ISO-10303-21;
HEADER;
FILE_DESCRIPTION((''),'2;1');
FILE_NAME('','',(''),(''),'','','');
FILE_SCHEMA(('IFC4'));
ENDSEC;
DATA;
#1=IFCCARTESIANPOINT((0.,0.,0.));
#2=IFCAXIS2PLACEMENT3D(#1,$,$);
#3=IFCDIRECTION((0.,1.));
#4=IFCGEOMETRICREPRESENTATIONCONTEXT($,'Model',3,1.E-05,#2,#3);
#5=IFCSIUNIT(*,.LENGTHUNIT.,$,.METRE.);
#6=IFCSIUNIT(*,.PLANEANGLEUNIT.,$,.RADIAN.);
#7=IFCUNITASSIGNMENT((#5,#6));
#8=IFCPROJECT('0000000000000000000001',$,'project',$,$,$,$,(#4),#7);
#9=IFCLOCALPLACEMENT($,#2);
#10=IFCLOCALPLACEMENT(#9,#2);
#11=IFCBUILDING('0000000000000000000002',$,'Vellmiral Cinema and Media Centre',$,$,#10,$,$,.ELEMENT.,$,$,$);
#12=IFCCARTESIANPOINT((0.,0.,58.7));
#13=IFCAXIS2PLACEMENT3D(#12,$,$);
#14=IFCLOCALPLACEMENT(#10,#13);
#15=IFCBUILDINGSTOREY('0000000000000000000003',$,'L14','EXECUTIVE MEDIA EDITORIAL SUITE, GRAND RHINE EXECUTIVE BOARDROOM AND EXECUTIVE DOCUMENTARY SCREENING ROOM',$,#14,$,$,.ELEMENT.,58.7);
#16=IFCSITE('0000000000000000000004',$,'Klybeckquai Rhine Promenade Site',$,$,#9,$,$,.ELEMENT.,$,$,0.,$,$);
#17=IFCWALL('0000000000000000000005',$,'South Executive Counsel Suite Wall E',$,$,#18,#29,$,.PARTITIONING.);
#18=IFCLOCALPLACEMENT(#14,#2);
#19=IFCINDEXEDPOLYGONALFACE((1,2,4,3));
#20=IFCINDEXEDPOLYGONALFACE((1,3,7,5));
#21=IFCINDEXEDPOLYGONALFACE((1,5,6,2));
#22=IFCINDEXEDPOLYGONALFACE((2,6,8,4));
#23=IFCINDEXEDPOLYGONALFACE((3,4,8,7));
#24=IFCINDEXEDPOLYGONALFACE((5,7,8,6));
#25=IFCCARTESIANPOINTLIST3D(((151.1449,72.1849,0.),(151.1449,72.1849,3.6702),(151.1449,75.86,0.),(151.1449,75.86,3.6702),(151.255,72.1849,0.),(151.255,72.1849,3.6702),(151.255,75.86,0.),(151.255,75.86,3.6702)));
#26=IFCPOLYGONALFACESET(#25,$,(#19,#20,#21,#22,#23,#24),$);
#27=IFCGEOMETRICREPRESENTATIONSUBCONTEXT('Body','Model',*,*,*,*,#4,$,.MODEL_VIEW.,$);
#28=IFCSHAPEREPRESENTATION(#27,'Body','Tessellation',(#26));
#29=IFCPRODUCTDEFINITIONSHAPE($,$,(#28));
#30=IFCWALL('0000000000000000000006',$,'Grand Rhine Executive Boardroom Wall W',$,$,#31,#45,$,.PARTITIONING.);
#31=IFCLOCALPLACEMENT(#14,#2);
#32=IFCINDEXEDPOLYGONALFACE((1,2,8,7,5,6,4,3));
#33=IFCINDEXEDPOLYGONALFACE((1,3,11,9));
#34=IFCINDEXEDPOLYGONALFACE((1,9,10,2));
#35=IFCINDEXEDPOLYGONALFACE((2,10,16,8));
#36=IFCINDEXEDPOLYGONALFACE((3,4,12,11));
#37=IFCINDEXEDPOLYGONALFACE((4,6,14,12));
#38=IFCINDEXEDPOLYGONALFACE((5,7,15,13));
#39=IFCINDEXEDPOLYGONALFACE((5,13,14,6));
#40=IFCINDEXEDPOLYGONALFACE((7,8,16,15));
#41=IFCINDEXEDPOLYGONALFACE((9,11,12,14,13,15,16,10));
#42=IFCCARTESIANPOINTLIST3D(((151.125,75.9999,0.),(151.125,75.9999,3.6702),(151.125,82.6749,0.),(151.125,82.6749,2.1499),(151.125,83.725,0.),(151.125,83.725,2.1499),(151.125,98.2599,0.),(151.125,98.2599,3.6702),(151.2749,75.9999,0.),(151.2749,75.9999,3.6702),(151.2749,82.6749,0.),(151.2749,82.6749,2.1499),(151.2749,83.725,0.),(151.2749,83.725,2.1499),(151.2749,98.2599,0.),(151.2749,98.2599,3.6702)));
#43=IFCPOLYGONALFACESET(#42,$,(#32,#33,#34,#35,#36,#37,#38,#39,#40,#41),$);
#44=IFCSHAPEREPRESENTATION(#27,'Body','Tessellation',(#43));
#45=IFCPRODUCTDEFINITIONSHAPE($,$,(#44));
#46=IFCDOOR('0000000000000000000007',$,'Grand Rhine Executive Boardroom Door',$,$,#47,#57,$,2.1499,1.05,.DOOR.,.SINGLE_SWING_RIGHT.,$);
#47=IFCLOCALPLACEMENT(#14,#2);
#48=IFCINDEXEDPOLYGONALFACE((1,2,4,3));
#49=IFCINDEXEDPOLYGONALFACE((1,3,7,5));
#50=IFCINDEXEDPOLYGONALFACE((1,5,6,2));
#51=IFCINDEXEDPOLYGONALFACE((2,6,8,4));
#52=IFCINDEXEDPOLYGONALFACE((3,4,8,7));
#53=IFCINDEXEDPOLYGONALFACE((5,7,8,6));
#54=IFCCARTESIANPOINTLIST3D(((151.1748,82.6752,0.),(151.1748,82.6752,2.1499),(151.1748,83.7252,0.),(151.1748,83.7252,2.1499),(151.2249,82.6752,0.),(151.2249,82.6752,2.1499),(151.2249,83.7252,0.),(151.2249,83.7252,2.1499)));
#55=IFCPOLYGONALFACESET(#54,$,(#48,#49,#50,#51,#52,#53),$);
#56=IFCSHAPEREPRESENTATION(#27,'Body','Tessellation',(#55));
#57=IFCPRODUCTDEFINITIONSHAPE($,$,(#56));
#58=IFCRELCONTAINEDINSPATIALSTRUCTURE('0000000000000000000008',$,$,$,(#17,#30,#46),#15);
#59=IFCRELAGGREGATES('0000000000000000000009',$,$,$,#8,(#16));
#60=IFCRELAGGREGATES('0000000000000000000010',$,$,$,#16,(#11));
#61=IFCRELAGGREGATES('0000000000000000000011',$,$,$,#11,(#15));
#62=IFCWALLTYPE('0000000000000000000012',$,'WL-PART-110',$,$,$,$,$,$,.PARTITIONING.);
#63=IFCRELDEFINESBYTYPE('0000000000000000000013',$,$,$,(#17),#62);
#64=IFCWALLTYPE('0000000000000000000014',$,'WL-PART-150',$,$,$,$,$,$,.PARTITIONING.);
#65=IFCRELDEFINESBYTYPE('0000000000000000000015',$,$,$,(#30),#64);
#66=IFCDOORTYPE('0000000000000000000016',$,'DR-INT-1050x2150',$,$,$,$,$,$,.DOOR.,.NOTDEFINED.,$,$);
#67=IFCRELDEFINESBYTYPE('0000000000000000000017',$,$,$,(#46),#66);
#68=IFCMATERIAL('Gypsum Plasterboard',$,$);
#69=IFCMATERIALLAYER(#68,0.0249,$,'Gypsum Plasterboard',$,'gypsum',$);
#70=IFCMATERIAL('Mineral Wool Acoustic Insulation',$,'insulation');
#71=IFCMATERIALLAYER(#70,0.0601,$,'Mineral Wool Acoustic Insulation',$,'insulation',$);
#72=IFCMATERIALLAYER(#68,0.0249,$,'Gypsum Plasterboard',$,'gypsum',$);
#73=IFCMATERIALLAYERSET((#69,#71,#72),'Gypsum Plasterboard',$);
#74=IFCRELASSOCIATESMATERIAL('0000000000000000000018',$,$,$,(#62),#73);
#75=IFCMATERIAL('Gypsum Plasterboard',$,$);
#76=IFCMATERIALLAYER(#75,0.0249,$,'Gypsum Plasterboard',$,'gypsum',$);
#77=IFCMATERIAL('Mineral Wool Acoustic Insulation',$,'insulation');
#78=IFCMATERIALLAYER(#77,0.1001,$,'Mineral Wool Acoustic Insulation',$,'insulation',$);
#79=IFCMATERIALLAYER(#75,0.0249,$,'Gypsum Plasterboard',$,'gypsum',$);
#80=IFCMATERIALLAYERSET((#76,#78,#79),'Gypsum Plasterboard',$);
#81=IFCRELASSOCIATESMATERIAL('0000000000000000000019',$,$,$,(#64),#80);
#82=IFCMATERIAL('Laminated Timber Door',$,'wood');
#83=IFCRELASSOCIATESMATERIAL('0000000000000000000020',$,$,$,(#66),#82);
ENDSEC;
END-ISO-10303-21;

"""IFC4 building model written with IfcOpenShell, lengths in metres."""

from ifc_helpers import new_model, si_unit, direction, frame, frame_2d, origin, place, context, subcontext, project, spatial, rectangle, extrude, material, layer, layer_set, type_object, element, fill, save


model = new_model("IFC4")

# Units and contexts
model_context = context("Model", 3, precision=1e-05, world=origin(), true_north=direction((0.0, 1.0)))
body_context = subcontext(model_context, "Body", "Model", "MODEL_VIEW")
ifc_project = project(units=[si_unit("LENGTHUNIT", "METRE"), si_unit("PLANEANGLEUNIT", "RADIAN")], contexts=[model_context])

# Site, building, storey
site_placement = place(None, origin())
site = spatial("IfcSite", under=ifc_project, at=site_placement, Name="Klybeckquai Rhine Promenade Site", CompositionType="ELEMENT", RefElevation=0.0)
building_placement = place(site_placement, origin())
building = spatial("IfcBuilding", under=site, at=building_placement, Name="Vellmiral Cinema and Media Centre", CompositionType="ELEMENT")
storey_placement = place(building_placement, frame((0.0, 0.0, 58.7)))
storey = spatial("IfcBuildingStorey", under=building, at=storey_placement, Name="L14", Description="EXECUTIVE MEDIA EDITORIAL SUITE, GRAND RHINE EXECUTIVE BOARDROOM AND EXECUTIVE DOCUMENTARY SCREENING ROOM", CompositionType="ELEMENT", Elevation=58.7)

# Wall
ifc_material_1 = material(Name="Gypsum Plasterboard")
ifc_layer_1 = layer(ifc_material_1, 0.0249, Name="Gypsum Plasterboard", Category="gypsum")
ifc_material_2 = material(Name="Mineral Wool Acoustic Insulation", Category="insulation")
ifc_layer_2 = layer(ifc_material_2, 0.0601, Name="Mineral Wool Acoustic Insulation", Category="insulation")
ifc_layer_3 = layer(ifc_material_1, 0.0249, Name="Gypsum Plasterboard", Category="gypsum")
ifc_layer_set_1 = layer_set([ifc_layer_1, ifc_layer_2, ifc_layer_3], Name="Gypsum Plasterboard")
wall_type_1 = type_object("IfcWallType", Name="WL-PART-110", PredefinedType="PARTITIONING", material=ifc_layer_set_1)
wall_1_placement = place(storey_placement, frame((151.2, 72.1851, 0.0), z_axis=(0.0, 0.0, 1.0), x_axis=(0.0, 1.0, 0.0)))
element("IfcWall", 1, at=wall_1_placement, inside=storey, type_object=wall_type_1, Name="South Executive Counsel Suite Wall E", PredefinedType="PARTITIONING", context=body_context, shape_type="SweptSolid", body=[
    extrude(rectangle(XDim=3.675, YDim=0.1101, at=frame_2d((1.8374, 0.0))), origin(), (0.0, 0.0, 1.0), 3.6702),
])

# Wall, opening, door
ifc_material_3 = material(Name="Gypsum Plasterboard")
ifc_layer_4 = layer(ifc_material_3, 0.0249, Name="Gypsum Plasterboard", Category="gypsum")
ifc_material_4 = material(Name="Mineral Wool Acoustic Insulation", Category="insulation")
ifc_layer_5 = layer(ifc_material_4, 0.1001, Name="Mineral Wool Acoustic Insulation", Category="insulation")
ifc_layer_6 = layer(ifc_material_3, 0.0249, Name="Gypsum Plasterboard", Category="gypsum")
ifc_layer_set_2 = layer_set([ifc_layer_4, ifc_layer_5, ifc_layer_6], Name="Gypsum Plasterboard")
wall_type_2 = type_object("IfcWallType", Name="WL-PART-150", PredefinedType="PARTITIONING", material=ifc_layer_set_2)
wall_2_placement = place(storey_placement, frame((151.2, 76.0, 0.0), z_axis=(0.0, 0.0, 1.0), x_axis=(0.0, 1.0, 0.0)))
wall_2 = element("IfcWall", 2, at=wall_2_placement, inside=storey, type_object=wall_type_2, Name="Grand Rhine Executive Boardroom Wall W", PredefinedType="PARTITIONING", context=body_context, shape_type="SweptSolid", body=[
    extrude(rectangle(XDim=22.26, YDim=0.1499, at=frame_2d((11.1299, 0.0))), origin(), (0.0, 0.0, 1.0), 3.6702),
])
opening_1_placement = place(wall_2_placement, frame((6.675, 0.0, 0.0)))
opening_1 = element("IfcOpeningElement", 3, at=opening_1_placement, cuts=wall_2, PredefinedType="OPENING", context=body_context, shape_type="SweptSolid", body=[
    extrude(rectangle(XDim=1.05, YDim=2.1499, at=frame_2d((0.5249, 1.075))), frame((0.0, 0.0869, 0.0), z_axis=(0.0, -1.0, 0.0), x_axis=(1.0, 0.0, 0.0)), (0.0, 0.0, 1.0), 0.1738),
])
ifc_material_5 = material(Name="Laminated Timber Door", Category="wood")
door_type_1 = type_object("IfcDoorType", Name="DR-INT-1050x2150", OperationType="NOTDEFINED", PredefinedType="DOOR", material=ifc_material_5)
door_1_placement = place(opening_1_placement, frame((1.05, 0.0, 0.0), z_axis=(0.0, 0.0, 1.0), x_axis=(-1.0, 0.0, 0.0)))
door_1 = element("IfcDoor", 4, at=door_1_placement, inside=storey, type_object=door_type_1, Name="Grand Rhine Executive Boardroom Door", OperationType="SINGLE_SWING_RIGHT", OverallHeight=2.1499, OverallWidth=1.05, PredefinedType="DOOR", context=body_context, shape_type="SweptSolid", body=[
    extrude(rectangle(XDim=1.05, YDim=2.1499, at=frame_2d((0.5249, 1.075))), frame((0.0, 0.0249, 0.0), z_axis=(0.0, -1.0, 0.0), x_axis=(1.0, 0.0, 0.0)), (0.0, 0.0, 1.0), 0.05),
])
fill(opening_1, door_1)

save(model, "model.ifc")
